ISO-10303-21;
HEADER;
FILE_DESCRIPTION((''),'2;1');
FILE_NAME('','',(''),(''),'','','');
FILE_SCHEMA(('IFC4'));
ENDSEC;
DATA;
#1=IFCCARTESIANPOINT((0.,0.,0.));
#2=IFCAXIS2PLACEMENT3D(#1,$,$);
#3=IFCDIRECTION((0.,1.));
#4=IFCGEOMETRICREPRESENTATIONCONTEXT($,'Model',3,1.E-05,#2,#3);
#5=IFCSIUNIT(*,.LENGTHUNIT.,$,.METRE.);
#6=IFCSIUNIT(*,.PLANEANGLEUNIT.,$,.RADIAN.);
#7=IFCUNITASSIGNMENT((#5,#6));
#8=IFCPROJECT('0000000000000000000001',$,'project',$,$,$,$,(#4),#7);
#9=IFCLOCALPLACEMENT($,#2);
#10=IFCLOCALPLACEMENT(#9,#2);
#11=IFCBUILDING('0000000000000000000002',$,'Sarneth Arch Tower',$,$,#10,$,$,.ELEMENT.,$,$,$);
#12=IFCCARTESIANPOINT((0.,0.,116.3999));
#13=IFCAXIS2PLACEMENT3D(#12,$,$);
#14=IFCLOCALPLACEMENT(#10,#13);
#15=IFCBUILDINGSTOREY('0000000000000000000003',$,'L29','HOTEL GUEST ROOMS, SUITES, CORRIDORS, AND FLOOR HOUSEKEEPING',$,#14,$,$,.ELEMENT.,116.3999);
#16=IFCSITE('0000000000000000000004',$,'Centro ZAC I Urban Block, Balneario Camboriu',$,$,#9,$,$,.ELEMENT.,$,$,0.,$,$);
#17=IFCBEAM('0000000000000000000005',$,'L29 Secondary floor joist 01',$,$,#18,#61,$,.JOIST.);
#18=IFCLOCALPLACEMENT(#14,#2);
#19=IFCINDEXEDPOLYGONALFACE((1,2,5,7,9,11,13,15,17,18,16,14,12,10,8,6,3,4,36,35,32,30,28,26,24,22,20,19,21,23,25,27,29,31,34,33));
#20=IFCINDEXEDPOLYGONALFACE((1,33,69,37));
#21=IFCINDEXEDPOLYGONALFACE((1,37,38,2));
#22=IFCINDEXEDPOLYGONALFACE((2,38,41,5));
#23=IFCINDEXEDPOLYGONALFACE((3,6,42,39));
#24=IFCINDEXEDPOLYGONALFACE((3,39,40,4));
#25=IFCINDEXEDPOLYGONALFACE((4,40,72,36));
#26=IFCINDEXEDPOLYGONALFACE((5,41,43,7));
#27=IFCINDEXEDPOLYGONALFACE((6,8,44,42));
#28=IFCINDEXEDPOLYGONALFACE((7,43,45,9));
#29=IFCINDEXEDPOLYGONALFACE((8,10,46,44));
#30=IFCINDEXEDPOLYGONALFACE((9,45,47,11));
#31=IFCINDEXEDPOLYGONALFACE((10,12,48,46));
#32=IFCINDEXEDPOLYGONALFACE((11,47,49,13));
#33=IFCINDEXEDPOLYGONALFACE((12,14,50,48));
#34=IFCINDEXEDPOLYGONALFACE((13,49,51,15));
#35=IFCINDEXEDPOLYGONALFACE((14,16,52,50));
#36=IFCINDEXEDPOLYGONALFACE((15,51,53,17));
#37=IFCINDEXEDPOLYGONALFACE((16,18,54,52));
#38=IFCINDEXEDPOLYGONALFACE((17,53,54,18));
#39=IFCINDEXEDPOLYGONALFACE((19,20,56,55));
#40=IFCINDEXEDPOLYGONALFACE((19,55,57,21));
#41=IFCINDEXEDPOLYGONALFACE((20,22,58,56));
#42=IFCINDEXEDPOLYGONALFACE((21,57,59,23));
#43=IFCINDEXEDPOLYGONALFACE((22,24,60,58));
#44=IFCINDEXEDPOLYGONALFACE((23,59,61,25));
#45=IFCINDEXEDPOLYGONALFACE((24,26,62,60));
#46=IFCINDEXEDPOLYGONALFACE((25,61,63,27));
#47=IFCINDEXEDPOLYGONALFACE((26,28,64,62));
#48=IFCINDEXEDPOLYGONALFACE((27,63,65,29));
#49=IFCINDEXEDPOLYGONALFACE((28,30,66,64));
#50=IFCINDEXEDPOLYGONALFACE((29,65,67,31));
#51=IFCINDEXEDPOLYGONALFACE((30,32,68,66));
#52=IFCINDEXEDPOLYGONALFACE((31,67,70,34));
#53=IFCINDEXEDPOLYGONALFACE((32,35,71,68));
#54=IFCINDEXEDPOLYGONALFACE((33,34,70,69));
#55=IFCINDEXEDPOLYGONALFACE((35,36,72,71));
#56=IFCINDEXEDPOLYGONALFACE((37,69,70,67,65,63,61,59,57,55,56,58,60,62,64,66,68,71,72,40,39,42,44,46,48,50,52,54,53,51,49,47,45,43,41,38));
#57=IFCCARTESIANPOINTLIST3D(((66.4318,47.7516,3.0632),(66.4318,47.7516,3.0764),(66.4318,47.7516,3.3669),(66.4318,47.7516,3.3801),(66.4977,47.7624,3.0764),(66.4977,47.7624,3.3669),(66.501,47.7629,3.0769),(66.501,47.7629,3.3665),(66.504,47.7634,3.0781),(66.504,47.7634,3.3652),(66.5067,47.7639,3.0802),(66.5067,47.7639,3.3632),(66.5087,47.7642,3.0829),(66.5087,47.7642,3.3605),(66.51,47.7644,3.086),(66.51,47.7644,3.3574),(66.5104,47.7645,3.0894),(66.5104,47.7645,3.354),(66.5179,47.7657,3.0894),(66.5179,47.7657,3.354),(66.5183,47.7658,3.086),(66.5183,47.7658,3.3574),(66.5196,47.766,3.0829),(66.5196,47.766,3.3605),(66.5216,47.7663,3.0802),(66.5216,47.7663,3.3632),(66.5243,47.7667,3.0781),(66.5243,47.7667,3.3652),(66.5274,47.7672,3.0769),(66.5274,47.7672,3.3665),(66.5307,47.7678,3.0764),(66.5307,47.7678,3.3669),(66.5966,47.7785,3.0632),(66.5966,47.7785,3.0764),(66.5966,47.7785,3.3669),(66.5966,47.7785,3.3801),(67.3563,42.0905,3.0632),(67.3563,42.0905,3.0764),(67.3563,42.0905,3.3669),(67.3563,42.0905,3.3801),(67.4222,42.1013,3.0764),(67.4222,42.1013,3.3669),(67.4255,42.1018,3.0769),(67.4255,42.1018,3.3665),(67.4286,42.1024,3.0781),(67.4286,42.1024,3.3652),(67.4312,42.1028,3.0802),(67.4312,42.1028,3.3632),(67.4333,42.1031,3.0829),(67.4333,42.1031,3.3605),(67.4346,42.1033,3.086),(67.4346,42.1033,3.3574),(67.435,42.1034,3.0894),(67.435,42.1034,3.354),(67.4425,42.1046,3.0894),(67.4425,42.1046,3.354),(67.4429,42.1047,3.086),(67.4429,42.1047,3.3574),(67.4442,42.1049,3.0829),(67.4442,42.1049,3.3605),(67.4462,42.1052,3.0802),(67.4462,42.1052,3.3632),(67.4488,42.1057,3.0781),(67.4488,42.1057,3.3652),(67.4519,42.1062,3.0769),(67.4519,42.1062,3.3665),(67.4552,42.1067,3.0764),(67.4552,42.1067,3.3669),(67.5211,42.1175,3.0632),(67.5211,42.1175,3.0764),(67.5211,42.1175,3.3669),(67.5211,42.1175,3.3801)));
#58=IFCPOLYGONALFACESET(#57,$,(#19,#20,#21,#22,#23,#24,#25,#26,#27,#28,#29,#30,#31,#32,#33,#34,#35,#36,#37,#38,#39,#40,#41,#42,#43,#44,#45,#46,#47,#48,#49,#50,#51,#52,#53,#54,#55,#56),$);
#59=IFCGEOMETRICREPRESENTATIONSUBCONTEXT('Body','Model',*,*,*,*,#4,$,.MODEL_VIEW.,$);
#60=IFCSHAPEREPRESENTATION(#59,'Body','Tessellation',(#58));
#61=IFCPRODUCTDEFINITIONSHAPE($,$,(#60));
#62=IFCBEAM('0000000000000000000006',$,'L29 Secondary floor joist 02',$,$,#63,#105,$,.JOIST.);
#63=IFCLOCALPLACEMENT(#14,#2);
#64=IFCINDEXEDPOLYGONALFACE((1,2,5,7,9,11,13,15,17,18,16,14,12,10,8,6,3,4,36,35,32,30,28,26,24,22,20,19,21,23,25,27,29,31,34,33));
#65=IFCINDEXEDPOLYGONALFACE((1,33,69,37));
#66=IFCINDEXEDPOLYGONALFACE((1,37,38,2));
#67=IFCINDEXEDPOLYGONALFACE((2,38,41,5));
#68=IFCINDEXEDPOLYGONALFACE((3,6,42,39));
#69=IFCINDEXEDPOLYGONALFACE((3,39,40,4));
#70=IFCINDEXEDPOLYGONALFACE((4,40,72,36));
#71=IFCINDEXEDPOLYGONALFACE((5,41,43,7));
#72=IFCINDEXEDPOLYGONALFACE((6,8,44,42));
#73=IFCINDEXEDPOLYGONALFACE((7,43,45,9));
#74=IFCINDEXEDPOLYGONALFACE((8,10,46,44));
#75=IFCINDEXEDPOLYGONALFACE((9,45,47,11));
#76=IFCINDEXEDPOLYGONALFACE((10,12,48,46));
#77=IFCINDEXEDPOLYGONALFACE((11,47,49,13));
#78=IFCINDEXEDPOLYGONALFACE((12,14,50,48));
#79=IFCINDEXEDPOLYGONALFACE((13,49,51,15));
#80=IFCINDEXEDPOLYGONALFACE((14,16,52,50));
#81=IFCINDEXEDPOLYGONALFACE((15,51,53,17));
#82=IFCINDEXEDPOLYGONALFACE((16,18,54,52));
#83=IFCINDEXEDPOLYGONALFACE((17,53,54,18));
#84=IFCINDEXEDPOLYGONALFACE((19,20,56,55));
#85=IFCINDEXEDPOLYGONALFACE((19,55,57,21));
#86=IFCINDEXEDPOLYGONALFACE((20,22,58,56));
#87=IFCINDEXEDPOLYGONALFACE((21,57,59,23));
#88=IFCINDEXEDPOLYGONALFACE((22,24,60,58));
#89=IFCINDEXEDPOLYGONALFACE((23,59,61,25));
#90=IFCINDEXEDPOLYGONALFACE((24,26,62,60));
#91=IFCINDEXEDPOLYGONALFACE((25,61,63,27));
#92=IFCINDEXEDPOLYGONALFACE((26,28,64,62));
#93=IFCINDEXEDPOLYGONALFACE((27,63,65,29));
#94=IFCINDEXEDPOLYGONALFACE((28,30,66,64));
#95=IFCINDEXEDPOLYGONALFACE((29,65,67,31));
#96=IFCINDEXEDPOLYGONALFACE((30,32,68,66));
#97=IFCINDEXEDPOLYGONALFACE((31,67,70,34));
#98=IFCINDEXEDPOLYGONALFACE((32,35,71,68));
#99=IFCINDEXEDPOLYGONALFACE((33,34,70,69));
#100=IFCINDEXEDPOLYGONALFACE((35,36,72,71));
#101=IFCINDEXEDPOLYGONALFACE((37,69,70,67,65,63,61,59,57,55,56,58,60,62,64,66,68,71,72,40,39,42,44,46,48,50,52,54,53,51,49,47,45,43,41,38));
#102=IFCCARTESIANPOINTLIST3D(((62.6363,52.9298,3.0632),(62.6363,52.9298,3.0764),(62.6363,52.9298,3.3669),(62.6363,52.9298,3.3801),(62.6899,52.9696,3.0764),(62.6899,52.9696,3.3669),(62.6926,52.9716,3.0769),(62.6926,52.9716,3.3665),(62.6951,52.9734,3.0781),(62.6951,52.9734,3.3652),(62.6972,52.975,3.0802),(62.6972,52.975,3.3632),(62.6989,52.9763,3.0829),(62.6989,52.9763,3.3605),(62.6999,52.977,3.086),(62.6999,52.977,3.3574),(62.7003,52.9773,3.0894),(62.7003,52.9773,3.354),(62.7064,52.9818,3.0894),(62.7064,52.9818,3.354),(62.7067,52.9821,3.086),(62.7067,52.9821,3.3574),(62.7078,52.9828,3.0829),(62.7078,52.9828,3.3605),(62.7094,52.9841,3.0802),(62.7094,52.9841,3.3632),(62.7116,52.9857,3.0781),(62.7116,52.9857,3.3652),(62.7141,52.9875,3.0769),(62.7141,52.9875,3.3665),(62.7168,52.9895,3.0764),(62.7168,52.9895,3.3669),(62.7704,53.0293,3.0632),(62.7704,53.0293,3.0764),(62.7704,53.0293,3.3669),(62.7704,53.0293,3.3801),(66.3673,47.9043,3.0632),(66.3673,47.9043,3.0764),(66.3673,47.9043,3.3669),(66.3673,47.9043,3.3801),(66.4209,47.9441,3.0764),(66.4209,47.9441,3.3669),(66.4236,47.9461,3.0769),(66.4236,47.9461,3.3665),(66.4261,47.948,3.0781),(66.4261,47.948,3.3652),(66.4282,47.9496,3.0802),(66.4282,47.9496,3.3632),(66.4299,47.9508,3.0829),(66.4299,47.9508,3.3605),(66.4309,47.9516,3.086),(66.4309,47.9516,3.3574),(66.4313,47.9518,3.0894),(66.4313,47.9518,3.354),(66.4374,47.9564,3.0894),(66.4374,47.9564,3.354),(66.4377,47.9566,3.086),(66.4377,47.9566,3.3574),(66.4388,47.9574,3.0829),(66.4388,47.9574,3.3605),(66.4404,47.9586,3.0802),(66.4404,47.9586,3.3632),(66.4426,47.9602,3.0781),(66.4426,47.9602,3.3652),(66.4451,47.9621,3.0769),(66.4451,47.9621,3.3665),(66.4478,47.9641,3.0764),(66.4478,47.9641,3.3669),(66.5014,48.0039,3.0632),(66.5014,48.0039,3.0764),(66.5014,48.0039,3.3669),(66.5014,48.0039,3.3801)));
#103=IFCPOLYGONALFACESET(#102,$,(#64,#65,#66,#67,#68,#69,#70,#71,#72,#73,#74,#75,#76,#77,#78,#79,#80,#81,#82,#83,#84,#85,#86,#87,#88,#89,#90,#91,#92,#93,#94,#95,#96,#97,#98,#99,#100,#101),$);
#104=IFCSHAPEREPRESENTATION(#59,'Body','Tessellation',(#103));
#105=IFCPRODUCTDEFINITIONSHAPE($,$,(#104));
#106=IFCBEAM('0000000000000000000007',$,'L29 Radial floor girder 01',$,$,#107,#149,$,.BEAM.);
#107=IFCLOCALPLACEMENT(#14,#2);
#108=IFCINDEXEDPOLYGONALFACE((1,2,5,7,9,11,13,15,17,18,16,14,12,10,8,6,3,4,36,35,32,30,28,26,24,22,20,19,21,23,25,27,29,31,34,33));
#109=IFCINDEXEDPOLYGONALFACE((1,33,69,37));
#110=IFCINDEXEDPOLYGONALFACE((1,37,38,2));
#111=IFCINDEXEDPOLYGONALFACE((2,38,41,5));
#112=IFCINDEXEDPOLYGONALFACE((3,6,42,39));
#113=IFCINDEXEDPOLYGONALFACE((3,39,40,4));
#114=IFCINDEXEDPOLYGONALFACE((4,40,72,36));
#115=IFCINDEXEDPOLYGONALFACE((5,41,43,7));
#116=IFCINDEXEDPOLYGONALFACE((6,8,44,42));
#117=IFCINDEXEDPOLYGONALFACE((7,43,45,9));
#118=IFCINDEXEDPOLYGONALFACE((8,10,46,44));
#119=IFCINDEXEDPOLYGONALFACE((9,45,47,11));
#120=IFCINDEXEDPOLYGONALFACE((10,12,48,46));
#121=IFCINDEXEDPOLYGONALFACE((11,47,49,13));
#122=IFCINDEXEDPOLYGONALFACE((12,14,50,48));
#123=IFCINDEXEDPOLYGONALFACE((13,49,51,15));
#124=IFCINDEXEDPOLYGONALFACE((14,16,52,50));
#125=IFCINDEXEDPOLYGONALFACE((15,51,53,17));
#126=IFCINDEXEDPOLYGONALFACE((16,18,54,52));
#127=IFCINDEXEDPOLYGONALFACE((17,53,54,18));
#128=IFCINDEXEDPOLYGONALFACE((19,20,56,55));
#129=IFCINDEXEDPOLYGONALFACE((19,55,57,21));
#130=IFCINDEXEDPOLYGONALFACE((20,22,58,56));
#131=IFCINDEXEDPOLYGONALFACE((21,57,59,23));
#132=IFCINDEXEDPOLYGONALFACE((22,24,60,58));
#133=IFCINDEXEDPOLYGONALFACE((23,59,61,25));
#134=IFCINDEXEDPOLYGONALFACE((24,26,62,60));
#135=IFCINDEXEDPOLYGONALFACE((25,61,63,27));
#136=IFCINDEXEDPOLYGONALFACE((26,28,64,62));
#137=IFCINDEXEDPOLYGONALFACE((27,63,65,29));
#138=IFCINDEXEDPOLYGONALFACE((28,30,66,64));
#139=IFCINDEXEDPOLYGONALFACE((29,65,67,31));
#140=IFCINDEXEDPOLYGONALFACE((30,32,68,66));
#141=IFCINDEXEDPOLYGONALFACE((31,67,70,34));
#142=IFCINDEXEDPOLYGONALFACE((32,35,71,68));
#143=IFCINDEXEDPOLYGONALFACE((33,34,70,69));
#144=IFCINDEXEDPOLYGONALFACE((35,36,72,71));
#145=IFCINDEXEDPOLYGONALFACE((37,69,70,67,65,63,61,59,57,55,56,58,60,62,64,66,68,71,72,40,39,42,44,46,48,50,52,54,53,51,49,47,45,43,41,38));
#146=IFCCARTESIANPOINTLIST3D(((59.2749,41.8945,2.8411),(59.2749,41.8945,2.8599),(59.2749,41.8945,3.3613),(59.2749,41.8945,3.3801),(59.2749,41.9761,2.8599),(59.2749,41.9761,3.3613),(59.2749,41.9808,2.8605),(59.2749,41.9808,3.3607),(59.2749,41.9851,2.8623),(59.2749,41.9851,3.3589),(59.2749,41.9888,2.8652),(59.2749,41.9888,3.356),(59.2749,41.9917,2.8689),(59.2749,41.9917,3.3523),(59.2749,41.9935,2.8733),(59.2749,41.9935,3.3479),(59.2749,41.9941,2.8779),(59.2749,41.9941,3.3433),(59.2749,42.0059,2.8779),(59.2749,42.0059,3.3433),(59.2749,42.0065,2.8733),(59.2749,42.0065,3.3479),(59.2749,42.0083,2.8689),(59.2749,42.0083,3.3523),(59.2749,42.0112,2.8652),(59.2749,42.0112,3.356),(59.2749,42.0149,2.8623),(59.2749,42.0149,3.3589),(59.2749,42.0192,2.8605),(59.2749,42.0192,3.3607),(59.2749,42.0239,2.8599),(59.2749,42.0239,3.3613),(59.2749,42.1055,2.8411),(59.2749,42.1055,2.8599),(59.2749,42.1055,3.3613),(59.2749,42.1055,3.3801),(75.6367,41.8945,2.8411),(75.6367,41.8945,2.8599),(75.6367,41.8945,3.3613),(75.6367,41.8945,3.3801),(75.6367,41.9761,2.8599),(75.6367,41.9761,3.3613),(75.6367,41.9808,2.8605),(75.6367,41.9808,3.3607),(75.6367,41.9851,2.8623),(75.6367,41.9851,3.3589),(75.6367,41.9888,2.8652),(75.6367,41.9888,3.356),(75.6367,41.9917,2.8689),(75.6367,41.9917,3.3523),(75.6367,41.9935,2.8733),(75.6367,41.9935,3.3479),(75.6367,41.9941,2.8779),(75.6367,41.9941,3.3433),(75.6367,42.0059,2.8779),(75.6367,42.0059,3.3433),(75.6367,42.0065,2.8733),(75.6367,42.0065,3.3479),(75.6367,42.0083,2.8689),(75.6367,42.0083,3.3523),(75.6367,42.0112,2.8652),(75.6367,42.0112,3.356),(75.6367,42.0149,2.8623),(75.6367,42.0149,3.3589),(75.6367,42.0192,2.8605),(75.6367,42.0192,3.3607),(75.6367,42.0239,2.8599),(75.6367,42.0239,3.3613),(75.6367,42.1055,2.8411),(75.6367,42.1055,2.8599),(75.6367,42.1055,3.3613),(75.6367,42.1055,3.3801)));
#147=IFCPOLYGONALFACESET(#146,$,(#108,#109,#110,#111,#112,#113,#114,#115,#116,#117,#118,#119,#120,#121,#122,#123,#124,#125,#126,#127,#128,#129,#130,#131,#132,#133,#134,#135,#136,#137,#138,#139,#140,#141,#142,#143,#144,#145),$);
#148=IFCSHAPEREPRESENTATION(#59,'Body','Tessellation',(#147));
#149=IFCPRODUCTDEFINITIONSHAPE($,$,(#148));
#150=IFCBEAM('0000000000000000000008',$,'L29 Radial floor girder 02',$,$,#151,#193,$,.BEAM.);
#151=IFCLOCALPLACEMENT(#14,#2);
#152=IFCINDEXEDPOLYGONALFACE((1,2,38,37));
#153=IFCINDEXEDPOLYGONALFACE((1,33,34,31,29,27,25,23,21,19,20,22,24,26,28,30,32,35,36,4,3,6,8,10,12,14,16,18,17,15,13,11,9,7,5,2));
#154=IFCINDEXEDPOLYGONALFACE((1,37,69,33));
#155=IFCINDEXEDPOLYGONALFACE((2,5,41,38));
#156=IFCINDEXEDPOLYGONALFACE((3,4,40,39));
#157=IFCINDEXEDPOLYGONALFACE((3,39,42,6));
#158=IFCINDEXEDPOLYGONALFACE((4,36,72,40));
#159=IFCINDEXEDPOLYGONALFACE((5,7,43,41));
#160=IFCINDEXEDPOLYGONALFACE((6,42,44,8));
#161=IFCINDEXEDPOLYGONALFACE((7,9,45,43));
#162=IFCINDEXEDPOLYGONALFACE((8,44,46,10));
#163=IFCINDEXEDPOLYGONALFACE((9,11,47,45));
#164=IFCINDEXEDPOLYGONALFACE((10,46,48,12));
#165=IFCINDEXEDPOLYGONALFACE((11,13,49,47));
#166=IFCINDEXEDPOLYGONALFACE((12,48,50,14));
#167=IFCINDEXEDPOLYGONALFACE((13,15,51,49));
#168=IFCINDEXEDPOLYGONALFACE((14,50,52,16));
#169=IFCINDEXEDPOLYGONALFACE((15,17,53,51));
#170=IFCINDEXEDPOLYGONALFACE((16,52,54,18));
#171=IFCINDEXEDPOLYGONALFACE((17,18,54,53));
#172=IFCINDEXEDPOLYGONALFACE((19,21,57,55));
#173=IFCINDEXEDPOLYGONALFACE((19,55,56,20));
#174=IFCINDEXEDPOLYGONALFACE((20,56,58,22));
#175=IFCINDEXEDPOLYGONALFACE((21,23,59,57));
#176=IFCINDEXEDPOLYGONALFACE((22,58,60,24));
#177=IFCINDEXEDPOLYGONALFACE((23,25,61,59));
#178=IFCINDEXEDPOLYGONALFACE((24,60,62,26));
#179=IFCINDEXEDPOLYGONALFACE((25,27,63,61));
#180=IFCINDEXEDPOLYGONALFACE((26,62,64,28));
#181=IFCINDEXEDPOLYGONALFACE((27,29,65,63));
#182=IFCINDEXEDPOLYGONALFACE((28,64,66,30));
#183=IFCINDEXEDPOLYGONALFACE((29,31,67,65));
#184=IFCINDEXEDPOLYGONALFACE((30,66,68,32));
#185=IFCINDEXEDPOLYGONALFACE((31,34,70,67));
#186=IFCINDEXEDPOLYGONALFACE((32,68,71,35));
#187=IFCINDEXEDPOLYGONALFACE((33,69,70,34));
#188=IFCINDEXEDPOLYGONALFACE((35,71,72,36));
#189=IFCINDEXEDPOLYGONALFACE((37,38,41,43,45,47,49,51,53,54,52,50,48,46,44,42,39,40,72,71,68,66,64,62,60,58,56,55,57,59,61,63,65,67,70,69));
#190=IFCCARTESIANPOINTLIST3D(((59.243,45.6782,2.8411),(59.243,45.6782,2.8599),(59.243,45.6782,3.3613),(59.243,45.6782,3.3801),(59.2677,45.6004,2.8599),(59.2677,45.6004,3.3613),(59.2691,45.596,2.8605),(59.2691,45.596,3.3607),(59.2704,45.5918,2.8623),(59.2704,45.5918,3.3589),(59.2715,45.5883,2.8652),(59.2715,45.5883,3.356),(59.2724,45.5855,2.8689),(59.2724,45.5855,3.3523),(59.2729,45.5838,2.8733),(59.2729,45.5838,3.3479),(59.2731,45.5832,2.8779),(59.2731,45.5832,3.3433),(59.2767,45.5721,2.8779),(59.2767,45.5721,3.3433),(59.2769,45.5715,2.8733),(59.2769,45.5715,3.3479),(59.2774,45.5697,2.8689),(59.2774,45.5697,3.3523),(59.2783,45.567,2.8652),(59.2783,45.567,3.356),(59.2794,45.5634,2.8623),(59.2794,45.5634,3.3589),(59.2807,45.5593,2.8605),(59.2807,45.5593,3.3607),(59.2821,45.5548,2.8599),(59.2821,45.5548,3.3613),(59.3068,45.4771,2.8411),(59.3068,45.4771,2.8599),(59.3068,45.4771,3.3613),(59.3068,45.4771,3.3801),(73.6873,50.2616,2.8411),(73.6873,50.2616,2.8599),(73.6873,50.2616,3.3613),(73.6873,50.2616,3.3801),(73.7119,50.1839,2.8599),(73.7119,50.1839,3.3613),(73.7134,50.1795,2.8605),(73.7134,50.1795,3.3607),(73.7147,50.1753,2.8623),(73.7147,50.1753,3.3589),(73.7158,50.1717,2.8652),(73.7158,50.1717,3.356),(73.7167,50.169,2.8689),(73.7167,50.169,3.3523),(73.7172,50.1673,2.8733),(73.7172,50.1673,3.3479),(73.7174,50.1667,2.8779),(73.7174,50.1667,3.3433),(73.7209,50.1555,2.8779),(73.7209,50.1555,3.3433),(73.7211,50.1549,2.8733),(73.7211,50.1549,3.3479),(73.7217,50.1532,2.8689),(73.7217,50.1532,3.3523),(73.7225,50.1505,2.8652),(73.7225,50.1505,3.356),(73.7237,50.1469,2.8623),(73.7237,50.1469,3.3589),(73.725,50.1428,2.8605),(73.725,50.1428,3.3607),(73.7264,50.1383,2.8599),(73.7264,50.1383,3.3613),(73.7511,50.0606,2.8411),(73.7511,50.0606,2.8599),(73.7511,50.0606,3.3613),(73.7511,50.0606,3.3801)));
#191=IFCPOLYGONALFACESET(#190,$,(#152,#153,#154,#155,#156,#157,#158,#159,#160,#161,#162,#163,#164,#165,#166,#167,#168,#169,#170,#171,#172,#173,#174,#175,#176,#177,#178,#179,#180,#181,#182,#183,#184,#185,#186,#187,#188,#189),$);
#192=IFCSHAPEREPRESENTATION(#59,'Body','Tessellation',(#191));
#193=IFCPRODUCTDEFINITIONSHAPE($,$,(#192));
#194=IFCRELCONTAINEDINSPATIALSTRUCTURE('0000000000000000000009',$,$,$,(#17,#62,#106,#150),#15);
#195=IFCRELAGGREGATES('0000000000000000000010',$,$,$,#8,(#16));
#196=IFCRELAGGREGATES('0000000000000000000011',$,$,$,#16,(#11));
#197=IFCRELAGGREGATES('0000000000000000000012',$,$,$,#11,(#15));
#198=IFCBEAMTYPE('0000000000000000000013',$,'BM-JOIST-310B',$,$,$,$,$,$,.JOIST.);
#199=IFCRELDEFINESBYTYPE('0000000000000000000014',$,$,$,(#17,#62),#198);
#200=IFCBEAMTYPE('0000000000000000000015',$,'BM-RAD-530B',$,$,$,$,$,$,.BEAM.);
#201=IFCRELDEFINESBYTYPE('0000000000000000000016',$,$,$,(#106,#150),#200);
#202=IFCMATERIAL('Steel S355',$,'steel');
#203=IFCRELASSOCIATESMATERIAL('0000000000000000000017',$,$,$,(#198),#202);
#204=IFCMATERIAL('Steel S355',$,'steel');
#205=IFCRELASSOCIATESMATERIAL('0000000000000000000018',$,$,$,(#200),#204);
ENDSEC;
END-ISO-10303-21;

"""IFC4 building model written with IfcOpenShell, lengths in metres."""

from ifc_helpers import new_model, si_unit, direction, frame, origin, origin_2d, place, context, subcontext, project, spatial, i_section, extrude, material, material_profile, profile_set, type_object, element, save


model = new_model("IFC4")

# Units and contexts
model_context = context("Model", 3, precision=1e-05, world=origin(), true_north=direction((0.0, 1.0)))
body_context = subcontext(model_context, "Body", "Model", "MODEL_VIEW")
ifc_project = project(units=[si_unit("LENGTHUNIT", "METRE"), si_unit("PLANEANGLEUNIT", "RADIAN")], contexts=[model_context])

# Site, building, storey
site_placement = place(None, origin())
site = spatial("IfcSite", under=ifc_project, at=site_placement, Name="Centro ZAC I Urban Block, Balneario Camboriu", CompositionType="ELEMENT", RefElevation=0.0)
building_placement = place(site_placement, origin())
building = spatial("IfcBuilding", under=site, at=building_placement, Name="Sarneth Arch Tower", CompositionType="ELEMENT")
storey_placement = place(building_placement, frame((0.0, 0.0, 116.3999)))
storey = spatial("IfcBuildingStorey", under=building, at=storey_placement, Name="L29", Description="HOTEL GUEST ROOMS, SUITES, CORRIDORS, AND FLOOR HOUSEKEEPING", CompositionType="ELEMENT", Elevation=116.3999)

# Beams
ifc_material_1 = material(Name="Steel S355", Category="steel")
ifc_material_profile_1 = material_profile(ifc_material_1, i_section(OverallWidth=0.167, OverallDepth=0.3169, WebThickness=0.0076, FlangeThickness=0.0132, FilletRadius=0.0129, at=origin_2d()), Name="W310x52")
ifc_profile_set_1 = profile_set([ifc_material_profile_1], Name="Steel S355")
beam_type_1 = type_object("IfcBeamType", Name="BM-JOIST-310B", PredefinedType="JOIST", material=ifc_profile_set_1)
beam_1_placement = place(storey_placement, frame((67.4387, 42.104, 3.2217), z_axis=(-0.161182, 0.986925, 0.0), x_axis=(-0.986925, -0.161182, 0.0)))
element("IfcBeam", 1, at=beam_1_placement, inside=storey, type_object=beam_type_1, Name="L29 Secondary floor joist 01", PredefinedType="JOIST", context=body_context, shape_type="SweptSolid", body=[
    extrude(i_section(OverallWidth=0.167, OverallDepth=0.3169, WebThickness=0.0076, FlangeThickness=0.0132, FilletRadius=0.0129, at=origin_2d()), origin(), (0.0, 0.0, 1.0), 5.7361),
])
beam_2_placement = place(storey_placement, frame((66.4343, 47.9541, 3.2217), z_axis=(-0.596098, 0.802911, 0.0), x_axis=(-0.802911, -0.596098, 0.0)))
element("IfcBeam", 2, at=beam_2_placement, inside=storey, type_object=beam_type_1, Name="L29 Secondary floor joist 02", PredefinedType="JOIST", context=body_context, shape_type="SweptSolid", body=[
    extrude(i_section(OverallWidth=0.167, OverallDepth=0.3169, WebThickness=0.0076, FlangeThickness=0.0132, FilletRadius=0.0129, at=origin_2d()), origin(), (0.0, 0.0, 1.0), 6.259),
])
ifc_material_2 = material(Name="Steel S355", Category="steel")
ifc_material_profile_2 = material_profile(ifc_material_2, i_section(OverallWidth=0.2109, OverallDepth=0.5391, WebThickness=0.0117, FlangeThickness=0.0188, FilletRadius=0.0181, at=origin_2d()), Name="W530x109")
ifc_profile_set_2 = profile_set([ifc_material_profile_2], Name="Steel S355")
beam_type_2 = type_object("IfcBeamType", Name="BM-RAD-530B", PredefinedType="BEAM", material=ifc_profile_set_2)
beam_3_placement = place(storey_placement, frame((59.2749, 42.0, 3.1106), z_axis=(1.0, 0.0, 0.0), x_axis=(0.0, 1.0, 0.0)))
element("IfcBeam", 3, at=beam_3_placement, inside=storey, type_object=beam_type_2, Name="L29 Radial floor girder 01", PredefinedType="BEAM", context=body_context, shape_type="SweptSolid", body=[
    extrude(i_section(OverallWidth=0.2109, OverallDepth=0.5391, WebThickness=0.0117, FlangeThickness=0.0188, FilletRadius=0.0181, at=origin_2d()), origin(), (0.0, 0.0, 1.0), 16.3618),
])
beam_4_placement = place(storey_placement, frame((59.2749, 45.5776, 3.1106), z_axis=(0.953162, 0.302459, 0.0), x_axis=(-0.302459, 0.953162, 0.0)))
element("IfcBeam", 4, at=beam_4_placement, inside=storey, type_object=beam_type_2, Name="L29 Radial floor girder 02", PredefinedType="BEAM", context=body_context, shape_type="SweptSolid", body=[
    extrude(i_section(OverallWidth=0.2109, OverallDepth=0.5391, WebThickness=0.0117, FlangeThickness=0.0188, FilletRadius=0.0181, at=origin_2d()), origin(), (0.0, 0.0, 1.0), 15.1541),
])

save(model, "model.ifc")
